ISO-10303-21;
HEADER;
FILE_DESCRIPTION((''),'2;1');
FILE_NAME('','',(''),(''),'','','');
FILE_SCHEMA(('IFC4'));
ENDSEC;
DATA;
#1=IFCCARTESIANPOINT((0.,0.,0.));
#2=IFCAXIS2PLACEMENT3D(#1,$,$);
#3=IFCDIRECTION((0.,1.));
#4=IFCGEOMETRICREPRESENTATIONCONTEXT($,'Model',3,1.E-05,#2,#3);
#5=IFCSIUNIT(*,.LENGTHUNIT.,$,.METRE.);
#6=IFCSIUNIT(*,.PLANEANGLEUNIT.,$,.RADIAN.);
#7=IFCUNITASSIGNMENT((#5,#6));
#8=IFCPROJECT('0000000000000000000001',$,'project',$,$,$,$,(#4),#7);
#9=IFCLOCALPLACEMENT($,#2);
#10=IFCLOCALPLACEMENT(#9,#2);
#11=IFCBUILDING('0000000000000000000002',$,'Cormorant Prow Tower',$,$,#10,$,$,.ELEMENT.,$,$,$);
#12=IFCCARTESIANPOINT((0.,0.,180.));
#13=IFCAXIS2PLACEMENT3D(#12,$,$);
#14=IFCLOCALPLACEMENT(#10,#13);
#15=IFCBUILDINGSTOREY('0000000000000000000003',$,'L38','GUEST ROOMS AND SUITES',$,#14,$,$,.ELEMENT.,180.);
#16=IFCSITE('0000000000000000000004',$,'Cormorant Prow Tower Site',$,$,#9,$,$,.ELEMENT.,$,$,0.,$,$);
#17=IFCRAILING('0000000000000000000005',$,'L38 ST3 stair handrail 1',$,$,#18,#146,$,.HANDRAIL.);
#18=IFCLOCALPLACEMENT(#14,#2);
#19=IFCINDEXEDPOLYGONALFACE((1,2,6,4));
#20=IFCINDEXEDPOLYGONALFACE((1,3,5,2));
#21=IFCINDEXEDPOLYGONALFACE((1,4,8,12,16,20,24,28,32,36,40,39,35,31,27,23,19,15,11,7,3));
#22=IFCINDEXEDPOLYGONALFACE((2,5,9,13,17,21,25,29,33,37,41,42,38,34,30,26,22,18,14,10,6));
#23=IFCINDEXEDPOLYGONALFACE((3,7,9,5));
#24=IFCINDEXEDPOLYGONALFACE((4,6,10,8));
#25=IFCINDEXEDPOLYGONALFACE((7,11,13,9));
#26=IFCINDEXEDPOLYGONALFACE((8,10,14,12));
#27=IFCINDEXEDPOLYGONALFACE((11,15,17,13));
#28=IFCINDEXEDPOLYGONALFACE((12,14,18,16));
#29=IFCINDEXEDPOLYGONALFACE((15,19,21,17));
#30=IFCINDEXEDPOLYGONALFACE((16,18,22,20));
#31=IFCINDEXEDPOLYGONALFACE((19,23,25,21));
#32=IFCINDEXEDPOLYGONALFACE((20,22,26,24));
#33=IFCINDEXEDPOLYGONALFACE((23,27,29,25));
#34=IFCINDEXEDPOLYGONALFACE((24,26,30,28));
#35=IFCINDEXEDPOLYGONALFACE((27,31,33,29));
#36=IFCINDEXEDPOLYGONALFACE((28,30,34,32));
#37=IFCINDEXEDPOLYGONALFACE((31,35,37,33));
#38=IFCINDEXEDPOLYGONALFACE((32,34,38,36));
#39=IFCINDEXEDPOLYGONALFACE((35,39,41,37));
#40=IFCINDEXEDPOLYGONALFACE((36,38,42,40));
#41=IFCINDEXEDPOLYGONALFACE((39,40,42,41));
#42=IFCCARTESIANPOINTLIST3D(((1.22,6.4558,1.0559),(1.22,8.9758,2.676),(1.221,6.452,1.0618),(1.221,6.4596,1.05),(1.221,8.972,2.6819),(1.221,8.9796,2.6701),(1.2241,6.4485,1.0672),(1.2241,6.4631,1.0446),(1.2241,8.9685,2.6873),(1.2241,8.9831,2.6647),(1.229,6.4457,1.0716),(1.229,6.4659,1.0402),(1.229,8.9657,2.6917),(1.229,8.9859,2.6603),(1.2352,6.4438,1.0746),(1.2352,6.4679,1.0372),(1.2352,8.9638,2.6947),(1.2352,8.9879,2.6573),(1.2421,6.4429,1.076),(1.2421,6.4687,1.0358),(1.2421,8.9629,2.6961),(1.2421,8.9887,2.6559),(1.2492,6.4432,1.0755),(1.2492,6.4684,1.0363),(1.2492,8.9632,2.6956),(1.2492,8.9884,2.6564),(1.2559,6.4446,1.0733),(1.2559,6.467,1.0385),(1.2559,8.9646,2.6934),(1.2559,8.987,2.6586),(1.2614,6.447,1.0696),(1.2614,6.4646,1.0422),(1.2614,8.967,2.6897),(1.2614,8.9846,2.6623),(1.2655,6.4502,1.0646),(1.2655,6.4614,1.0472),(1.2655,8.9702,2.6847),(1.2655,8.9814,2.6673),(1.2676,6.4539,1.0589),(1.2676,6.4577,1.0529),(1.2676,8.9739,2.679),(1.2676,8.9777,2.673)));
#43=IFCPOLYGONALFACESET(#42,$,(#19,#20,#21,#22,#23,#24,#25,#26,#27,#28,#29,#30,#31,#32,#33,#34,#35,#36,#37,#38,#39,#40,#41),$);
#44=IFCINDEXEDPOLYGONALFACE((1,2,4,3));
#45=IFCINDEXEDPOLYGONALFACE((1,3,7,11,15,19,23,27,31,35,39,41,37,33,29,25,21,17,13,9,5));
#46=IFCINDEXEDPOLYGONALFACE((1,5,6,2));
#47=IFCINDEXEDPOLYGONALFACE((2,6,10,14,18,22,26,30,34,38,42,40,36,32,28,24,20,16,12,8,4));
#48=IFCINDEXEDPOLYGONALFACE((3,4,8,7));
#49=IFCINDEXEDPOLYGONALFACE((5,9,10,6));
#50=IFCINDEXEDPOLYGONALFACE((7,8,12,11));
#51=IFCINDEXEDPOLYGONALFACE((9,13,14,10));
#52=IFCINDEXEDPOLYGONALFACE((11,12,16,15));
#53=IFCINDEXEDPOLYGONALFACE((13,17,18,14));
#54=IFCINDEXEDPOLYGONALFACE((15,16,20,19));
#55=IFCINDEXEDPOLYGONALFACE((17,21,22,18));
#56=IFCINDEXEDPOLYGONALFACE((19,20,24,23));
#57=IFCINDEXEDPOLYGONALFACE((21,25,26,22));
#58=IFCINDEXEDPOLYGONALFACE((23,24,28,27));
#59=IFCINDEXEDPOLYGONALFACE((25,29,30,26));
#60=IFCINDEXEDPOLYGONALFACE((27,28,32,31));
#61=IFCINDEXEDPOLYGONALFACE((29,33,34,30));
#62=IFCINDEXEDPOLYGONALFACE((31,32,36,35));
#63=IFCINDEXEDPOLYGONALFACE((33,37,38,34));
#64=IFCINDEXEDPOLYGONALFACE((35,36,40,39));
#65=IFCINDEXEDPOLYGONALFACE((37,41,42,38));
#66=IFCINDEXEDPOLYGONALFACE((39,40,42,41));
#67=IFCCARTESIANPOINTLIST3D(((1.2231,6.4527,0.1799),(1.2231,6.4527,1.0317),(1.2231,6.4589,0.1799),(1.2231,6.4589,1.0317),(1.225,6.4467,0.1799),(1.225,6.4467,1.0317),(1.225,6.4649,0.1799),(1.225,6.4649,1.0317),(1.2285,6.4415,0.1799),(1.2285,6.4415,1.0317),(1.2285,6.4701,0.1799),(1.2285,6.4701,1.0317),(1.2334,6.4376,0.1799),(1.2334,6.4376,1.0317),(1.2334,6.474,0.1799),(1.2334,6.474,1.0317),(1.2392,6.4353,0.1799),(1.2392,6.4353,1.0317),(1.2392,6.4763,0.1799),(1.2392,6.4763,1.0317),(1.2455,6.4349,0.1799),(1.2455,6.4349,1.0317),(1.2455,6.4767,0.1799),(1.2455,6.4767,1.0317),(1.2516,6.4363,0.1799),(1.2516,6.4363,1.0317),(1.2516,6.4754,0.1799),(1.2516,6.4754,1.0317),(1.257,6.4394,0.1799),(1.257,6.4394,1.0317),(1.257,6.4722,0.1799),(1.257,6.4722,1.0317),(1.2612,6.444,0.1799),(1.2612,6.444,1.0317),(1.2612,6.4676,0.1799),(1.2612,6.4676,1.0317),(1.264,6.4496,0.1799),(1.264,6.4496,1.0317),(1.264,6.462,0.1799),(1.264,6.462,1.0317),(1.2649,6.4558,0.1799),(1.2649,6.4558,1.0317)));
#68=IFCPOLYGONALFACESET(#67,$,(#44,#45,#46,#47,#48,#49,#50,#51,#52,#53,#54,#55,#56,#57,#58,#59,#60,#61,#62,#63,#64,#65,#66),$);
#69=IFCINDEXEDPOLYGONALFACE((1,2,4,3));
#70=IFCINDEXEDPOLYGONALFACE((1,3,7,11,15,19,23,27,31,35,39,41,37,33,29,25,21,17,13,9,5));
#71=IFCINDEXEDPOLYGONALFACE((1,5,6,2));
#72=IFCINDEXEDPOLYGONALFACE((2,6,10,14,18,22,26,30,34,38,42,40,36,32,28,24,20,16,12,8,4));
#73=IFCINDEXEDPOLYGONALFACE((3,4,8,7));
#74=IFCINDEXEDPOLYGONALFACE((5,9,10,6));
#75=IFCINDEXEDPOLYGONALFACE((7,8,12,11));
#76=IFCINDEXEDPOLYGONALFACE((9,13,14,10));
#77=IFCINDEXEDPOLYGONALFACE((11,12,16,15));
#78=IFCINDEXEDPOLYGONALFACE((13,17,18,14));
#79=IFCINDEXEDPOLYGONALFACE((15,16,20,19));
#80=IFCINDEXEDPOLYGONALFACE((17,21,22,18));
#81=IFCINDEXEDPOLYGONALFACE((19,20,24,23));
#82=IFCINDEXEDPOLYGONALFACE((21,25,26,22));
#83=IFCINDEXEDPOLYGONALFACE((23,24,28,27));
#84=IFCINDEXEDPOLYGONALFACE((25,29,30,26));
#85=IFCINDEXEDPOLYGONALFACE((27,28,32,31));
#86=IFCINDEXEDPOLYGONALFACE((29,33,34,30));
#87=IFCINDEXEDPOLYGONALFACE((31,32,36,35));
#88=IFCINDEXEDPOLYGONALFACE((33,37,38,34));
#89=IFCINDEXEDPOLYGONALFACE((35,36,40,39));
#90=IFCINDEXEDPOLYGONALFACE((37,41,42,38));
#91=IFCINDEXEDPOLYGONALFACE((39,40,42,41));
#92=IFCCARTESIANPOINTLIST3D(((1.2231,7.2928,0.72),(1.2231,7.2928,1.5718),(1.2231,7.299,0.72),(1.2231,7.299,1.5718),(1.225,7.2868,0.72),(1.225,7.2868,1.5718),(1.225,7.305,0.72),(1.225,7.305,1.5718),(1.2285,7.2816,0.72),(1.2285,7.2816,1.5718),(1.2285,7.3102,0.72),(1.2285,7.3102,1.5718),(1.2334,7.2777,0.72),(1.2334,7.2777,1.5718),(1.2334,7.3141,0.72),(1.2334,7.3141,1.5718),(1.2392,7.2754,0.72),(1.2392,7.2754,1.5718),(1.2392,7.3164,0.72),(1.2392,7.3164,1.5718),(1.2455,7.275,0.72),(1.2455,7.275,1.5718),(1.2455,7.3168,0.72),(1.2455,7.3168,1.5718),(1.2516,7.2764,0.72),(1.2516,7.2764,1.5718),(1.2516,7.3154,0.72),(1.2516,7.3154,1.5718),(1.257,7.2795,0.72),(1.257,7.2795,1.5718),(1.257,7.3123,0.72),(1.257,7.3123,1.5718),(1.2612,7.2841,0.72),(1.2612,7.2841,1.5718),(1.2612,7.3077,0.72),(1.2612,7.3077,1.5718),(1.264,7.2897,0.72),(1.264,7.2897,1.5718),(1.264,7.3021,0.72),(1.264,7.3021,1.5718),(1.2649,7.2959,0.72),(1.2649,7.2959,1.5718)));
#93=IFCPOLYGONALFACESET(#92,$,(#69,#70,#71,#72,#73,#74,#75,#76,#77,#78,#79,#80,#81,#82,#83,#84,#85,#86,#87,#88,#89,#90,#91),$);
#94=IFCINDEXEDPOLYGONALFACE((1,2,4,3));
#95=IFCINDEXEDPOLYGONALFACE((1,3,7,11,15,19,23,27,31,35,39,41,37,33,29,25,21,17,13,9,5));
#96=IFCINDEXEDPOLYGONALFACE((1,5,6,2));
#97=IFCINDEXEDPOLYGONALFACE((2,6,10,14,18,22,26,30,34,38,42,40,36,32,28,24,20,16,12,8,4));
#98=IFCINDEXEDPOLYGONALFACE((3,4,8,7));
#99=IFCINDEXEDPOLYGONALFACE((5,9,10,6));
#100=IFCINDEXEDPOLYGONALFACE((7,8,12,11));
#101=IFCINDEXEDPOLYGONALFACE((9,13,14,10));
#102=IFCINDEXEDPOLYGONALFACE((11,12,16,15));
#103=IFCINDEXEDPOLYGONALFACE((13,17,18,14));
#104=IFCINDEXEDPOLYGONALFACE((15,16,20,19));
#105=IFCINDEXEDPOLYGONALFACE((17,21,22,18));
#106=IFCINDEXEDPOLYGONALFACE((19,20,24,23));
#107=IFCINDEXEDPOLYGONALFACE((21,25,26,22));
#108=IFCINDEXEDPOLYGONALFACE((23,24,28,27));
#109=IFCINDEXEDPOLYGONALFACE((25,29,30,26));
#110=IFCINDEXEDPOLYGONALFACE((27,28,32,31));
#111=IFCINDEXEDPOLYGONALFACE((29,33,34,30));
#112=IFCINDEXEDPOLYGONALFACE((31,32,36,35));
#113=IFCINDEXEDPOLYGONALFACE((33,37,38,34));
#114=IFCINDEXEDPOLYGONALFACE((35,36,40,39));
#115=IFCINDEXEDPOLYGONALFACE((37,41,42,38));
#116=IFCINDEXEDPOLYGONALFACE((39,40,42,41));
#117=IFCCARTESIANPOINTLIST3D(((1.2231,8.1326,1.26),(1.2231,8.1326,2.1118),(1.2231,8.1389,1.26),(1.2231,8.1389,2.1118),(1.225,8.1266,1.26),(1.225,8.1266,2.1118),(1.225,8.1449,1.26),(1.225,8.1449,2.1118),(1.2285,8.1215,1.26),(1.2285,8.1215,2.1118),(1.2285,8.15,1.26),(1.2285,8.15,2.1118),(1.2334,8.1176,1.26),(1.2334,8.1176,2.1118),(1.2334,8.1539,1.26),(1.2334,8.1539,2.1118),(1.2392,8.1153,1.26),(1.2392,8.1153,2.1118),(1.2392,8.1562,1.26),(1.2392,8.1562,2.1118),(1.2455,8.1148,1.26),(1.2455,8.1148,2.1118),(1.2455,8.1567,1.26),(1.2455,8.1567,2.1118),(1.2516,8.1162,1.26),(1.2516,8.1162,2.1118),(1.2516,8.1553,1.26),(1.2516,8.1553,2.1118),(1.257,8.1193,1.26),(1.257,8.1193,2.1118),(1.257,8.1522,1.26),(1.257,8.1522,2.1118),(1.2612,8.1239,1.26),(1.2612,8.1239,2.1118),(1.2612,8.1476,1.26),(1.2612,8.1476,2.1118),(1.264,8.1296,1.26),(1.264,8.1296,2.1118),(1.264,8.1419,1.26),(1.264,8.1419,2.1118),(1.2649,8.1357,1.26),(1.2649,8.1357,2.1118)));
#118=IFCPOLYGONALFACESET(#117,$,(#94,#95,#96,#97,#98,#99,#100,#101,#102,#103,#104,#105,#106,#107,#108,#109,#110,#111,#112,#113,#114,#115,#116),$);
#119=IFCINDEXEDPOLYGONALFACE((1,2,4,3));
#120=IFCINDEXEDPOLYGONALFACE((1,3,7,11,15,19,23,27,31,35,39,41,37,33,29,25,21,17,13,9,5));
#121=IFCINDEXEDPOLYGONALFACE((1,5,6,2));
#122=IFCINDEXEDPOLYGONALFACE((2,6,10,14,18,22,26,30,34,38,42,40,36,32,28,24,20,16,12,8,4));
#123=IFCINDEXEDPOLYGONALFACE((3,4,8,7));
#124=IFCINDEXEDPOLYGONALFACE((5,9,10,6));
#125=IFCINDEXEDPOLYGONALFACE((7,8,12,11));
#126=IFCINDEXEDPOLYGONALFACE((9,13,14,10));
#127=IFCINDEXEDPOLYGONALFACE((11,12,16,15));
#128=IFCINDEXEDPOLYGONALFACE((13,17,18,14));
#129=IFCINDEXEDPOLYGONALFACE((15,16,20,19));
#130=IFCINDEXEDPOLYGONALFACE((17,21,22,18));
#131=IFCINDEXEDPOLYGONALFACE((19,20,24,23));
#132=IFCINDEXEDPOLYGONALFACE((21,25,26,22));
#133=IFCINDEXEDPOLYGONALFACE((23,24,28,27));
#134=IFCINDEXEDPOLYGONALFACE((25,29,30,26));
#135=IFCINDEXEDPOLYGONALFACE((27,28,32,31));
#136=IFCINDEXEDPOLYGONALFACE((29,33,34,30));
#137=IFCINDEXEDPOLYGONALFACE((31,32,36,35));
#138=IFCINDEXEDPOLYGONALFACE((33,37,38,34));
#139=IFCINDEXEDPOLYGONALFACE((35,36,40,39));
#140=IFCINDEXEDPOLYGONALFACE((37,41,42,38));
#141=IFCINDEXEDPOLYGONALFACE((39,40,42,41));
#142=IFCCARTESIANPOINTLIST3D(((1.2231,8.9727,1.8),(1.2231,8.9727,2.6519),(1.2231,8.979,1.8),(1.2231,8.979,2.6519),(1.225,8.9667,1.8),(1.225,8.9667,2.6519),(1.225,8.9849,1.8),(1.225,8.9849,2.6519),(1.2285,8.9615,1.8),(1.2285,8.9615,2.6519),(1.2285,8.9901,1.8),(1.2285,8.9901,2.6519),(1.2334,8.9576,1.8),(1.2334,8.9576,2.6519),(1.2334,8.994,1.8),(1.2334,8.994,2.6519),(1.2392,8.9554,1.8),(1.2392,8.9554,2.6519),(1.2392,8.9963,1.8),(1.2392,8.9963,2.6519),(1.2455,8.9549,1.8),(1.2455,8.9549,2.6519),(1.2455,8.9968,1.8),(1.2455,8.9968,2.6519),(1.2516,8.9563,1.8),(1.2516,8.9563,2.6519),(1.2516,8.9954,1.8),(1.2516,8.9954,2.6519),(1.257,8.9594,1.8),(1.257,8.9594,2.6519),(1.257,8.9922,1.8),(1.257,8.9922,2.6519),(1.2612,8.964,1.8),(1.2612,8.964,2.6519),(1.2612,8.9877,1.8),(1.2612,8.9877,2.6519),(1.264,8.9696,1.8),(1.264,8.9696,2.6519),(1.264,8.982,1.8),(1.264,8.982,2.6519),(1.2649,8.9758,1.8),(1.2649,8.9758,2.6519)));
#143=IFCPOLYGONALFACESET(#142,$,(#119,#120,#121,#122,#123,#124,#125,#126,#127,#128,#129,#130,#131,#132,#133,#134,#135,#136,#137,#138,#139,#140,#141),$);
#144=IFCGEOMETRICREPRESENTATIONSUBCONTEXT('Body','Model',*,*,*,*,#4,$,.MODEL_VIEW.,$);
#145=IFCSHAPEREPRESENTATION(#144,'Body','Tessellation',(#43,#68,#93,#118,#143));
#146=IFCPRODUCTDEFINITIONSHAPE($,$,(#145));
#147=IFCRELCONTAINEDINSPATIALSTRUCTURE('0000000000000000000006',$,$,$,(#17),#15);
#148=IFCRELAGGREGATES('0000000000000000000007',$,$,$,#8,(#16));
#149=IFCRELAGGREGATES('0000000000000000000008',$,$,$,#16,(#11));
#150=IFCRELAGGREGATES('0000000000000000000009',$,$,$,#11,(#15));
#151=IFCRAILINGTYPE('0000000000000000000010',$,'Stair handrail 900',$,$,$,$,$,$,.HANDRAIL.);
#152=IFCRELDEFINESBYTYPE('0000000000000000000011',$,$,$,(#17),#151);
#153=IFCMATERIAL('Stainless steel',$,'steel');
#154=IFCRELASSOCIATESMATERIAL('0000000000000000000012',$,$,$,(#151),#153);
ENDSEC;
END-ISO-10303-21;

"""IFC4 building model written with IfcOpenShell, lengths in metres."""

from ifc_helpers import new_model, si_unit, direction, frame, origin, origin_2d, place, context, subcontext, project, spatial, circle, extrude, material, type_object, element, save


model = new_model("IFC4")

# Units and contexts
model_context = context("Model", 3, precision=1e-05, world=origin(), true_north=direction((0.0, 1.0)))
body_context = subcontext(model_context, "Body", "Model", "MODEL_VIEW")
ifc_project = project(units=[si_unit("LENGTHUNIT", "METRE"), si_unit("PLANEANGLEUNIT", "RADIAN")], contexts=[model_context])

# Site, building, storey
site_placement = place(None, origin())
site = spatial("IfcSite", under=ifc_project, at=site_placement, Name="Cormorant Prow Tower Site", CompositionType="ELEMENT", RefElevation=0.0)
building_placement = place(site_placement, origin())
building = spatial("IfcBuilding", under=site, at=building_placement, Name="Cormorant Prow Tower", CompositionType="ELEMENT")
storey_placement = place(building_placement, frame((0.0, 0.0, 180.0)))
storey = spatial("IfcBuildingStorey", under=building, at=storey_placement, Name="L38", Description="GUEST ROOMS AND SUITES", CompositionType="ELEMENT", Elevation=180.0)

# Railing
ifc_material_1 = material(Name="Stainless steel", Category="steel")
railing_type_1 = type_object("IfcRailingType", Name="Stair handrail 900", PredefinedType="HANDRAIL", material=ifc_material_1)
railing_1_placement = place(storey_placement, frame((1.2439, 6.4558, 0.1799)))
element("IfcRailing", 1, at=railing_1_placement, inside=storey, type_object=railing_type_1, Name="L38 ST3 stair handrail 1", PredefinedType="HANDRAIL", context=body_context, shape_type="SweptSolid", body=[
    extrude(circle(Radius=0.0239, at=origin_2d()), frame((0.0, 0.0, 0.876), z_axis=(0.0, 0.841163, 0.540782), x_axis=(-1.0, 0.0, 0.0)), (0.0, 0.0, 1.0), 2.9958),
    extrude(circle(Radius=0.021, at=origin_2d()), origin(), (0.0, 0.0, 1.0), 0.8518),
    extrude(circle(Radius=0.021, at=origin_2d()), frame((0.0, 0.8401, 0.54)), (0.0, 0.0, 1.0), 0.8518),
    extrude(circle(Radius=0.021, at=origin_2d()), frame((0.0, 1.6799, 1.0801)), (0.0, 0.0, 1.0), 0.8518),
    extrude(circle(Radius=0.021, at=origin_2d()), frame((0.0, 2.52, 1.6201)), (0.0, 0.0, 1.0), 0.8518),
])

save(model, "model.ifc")
